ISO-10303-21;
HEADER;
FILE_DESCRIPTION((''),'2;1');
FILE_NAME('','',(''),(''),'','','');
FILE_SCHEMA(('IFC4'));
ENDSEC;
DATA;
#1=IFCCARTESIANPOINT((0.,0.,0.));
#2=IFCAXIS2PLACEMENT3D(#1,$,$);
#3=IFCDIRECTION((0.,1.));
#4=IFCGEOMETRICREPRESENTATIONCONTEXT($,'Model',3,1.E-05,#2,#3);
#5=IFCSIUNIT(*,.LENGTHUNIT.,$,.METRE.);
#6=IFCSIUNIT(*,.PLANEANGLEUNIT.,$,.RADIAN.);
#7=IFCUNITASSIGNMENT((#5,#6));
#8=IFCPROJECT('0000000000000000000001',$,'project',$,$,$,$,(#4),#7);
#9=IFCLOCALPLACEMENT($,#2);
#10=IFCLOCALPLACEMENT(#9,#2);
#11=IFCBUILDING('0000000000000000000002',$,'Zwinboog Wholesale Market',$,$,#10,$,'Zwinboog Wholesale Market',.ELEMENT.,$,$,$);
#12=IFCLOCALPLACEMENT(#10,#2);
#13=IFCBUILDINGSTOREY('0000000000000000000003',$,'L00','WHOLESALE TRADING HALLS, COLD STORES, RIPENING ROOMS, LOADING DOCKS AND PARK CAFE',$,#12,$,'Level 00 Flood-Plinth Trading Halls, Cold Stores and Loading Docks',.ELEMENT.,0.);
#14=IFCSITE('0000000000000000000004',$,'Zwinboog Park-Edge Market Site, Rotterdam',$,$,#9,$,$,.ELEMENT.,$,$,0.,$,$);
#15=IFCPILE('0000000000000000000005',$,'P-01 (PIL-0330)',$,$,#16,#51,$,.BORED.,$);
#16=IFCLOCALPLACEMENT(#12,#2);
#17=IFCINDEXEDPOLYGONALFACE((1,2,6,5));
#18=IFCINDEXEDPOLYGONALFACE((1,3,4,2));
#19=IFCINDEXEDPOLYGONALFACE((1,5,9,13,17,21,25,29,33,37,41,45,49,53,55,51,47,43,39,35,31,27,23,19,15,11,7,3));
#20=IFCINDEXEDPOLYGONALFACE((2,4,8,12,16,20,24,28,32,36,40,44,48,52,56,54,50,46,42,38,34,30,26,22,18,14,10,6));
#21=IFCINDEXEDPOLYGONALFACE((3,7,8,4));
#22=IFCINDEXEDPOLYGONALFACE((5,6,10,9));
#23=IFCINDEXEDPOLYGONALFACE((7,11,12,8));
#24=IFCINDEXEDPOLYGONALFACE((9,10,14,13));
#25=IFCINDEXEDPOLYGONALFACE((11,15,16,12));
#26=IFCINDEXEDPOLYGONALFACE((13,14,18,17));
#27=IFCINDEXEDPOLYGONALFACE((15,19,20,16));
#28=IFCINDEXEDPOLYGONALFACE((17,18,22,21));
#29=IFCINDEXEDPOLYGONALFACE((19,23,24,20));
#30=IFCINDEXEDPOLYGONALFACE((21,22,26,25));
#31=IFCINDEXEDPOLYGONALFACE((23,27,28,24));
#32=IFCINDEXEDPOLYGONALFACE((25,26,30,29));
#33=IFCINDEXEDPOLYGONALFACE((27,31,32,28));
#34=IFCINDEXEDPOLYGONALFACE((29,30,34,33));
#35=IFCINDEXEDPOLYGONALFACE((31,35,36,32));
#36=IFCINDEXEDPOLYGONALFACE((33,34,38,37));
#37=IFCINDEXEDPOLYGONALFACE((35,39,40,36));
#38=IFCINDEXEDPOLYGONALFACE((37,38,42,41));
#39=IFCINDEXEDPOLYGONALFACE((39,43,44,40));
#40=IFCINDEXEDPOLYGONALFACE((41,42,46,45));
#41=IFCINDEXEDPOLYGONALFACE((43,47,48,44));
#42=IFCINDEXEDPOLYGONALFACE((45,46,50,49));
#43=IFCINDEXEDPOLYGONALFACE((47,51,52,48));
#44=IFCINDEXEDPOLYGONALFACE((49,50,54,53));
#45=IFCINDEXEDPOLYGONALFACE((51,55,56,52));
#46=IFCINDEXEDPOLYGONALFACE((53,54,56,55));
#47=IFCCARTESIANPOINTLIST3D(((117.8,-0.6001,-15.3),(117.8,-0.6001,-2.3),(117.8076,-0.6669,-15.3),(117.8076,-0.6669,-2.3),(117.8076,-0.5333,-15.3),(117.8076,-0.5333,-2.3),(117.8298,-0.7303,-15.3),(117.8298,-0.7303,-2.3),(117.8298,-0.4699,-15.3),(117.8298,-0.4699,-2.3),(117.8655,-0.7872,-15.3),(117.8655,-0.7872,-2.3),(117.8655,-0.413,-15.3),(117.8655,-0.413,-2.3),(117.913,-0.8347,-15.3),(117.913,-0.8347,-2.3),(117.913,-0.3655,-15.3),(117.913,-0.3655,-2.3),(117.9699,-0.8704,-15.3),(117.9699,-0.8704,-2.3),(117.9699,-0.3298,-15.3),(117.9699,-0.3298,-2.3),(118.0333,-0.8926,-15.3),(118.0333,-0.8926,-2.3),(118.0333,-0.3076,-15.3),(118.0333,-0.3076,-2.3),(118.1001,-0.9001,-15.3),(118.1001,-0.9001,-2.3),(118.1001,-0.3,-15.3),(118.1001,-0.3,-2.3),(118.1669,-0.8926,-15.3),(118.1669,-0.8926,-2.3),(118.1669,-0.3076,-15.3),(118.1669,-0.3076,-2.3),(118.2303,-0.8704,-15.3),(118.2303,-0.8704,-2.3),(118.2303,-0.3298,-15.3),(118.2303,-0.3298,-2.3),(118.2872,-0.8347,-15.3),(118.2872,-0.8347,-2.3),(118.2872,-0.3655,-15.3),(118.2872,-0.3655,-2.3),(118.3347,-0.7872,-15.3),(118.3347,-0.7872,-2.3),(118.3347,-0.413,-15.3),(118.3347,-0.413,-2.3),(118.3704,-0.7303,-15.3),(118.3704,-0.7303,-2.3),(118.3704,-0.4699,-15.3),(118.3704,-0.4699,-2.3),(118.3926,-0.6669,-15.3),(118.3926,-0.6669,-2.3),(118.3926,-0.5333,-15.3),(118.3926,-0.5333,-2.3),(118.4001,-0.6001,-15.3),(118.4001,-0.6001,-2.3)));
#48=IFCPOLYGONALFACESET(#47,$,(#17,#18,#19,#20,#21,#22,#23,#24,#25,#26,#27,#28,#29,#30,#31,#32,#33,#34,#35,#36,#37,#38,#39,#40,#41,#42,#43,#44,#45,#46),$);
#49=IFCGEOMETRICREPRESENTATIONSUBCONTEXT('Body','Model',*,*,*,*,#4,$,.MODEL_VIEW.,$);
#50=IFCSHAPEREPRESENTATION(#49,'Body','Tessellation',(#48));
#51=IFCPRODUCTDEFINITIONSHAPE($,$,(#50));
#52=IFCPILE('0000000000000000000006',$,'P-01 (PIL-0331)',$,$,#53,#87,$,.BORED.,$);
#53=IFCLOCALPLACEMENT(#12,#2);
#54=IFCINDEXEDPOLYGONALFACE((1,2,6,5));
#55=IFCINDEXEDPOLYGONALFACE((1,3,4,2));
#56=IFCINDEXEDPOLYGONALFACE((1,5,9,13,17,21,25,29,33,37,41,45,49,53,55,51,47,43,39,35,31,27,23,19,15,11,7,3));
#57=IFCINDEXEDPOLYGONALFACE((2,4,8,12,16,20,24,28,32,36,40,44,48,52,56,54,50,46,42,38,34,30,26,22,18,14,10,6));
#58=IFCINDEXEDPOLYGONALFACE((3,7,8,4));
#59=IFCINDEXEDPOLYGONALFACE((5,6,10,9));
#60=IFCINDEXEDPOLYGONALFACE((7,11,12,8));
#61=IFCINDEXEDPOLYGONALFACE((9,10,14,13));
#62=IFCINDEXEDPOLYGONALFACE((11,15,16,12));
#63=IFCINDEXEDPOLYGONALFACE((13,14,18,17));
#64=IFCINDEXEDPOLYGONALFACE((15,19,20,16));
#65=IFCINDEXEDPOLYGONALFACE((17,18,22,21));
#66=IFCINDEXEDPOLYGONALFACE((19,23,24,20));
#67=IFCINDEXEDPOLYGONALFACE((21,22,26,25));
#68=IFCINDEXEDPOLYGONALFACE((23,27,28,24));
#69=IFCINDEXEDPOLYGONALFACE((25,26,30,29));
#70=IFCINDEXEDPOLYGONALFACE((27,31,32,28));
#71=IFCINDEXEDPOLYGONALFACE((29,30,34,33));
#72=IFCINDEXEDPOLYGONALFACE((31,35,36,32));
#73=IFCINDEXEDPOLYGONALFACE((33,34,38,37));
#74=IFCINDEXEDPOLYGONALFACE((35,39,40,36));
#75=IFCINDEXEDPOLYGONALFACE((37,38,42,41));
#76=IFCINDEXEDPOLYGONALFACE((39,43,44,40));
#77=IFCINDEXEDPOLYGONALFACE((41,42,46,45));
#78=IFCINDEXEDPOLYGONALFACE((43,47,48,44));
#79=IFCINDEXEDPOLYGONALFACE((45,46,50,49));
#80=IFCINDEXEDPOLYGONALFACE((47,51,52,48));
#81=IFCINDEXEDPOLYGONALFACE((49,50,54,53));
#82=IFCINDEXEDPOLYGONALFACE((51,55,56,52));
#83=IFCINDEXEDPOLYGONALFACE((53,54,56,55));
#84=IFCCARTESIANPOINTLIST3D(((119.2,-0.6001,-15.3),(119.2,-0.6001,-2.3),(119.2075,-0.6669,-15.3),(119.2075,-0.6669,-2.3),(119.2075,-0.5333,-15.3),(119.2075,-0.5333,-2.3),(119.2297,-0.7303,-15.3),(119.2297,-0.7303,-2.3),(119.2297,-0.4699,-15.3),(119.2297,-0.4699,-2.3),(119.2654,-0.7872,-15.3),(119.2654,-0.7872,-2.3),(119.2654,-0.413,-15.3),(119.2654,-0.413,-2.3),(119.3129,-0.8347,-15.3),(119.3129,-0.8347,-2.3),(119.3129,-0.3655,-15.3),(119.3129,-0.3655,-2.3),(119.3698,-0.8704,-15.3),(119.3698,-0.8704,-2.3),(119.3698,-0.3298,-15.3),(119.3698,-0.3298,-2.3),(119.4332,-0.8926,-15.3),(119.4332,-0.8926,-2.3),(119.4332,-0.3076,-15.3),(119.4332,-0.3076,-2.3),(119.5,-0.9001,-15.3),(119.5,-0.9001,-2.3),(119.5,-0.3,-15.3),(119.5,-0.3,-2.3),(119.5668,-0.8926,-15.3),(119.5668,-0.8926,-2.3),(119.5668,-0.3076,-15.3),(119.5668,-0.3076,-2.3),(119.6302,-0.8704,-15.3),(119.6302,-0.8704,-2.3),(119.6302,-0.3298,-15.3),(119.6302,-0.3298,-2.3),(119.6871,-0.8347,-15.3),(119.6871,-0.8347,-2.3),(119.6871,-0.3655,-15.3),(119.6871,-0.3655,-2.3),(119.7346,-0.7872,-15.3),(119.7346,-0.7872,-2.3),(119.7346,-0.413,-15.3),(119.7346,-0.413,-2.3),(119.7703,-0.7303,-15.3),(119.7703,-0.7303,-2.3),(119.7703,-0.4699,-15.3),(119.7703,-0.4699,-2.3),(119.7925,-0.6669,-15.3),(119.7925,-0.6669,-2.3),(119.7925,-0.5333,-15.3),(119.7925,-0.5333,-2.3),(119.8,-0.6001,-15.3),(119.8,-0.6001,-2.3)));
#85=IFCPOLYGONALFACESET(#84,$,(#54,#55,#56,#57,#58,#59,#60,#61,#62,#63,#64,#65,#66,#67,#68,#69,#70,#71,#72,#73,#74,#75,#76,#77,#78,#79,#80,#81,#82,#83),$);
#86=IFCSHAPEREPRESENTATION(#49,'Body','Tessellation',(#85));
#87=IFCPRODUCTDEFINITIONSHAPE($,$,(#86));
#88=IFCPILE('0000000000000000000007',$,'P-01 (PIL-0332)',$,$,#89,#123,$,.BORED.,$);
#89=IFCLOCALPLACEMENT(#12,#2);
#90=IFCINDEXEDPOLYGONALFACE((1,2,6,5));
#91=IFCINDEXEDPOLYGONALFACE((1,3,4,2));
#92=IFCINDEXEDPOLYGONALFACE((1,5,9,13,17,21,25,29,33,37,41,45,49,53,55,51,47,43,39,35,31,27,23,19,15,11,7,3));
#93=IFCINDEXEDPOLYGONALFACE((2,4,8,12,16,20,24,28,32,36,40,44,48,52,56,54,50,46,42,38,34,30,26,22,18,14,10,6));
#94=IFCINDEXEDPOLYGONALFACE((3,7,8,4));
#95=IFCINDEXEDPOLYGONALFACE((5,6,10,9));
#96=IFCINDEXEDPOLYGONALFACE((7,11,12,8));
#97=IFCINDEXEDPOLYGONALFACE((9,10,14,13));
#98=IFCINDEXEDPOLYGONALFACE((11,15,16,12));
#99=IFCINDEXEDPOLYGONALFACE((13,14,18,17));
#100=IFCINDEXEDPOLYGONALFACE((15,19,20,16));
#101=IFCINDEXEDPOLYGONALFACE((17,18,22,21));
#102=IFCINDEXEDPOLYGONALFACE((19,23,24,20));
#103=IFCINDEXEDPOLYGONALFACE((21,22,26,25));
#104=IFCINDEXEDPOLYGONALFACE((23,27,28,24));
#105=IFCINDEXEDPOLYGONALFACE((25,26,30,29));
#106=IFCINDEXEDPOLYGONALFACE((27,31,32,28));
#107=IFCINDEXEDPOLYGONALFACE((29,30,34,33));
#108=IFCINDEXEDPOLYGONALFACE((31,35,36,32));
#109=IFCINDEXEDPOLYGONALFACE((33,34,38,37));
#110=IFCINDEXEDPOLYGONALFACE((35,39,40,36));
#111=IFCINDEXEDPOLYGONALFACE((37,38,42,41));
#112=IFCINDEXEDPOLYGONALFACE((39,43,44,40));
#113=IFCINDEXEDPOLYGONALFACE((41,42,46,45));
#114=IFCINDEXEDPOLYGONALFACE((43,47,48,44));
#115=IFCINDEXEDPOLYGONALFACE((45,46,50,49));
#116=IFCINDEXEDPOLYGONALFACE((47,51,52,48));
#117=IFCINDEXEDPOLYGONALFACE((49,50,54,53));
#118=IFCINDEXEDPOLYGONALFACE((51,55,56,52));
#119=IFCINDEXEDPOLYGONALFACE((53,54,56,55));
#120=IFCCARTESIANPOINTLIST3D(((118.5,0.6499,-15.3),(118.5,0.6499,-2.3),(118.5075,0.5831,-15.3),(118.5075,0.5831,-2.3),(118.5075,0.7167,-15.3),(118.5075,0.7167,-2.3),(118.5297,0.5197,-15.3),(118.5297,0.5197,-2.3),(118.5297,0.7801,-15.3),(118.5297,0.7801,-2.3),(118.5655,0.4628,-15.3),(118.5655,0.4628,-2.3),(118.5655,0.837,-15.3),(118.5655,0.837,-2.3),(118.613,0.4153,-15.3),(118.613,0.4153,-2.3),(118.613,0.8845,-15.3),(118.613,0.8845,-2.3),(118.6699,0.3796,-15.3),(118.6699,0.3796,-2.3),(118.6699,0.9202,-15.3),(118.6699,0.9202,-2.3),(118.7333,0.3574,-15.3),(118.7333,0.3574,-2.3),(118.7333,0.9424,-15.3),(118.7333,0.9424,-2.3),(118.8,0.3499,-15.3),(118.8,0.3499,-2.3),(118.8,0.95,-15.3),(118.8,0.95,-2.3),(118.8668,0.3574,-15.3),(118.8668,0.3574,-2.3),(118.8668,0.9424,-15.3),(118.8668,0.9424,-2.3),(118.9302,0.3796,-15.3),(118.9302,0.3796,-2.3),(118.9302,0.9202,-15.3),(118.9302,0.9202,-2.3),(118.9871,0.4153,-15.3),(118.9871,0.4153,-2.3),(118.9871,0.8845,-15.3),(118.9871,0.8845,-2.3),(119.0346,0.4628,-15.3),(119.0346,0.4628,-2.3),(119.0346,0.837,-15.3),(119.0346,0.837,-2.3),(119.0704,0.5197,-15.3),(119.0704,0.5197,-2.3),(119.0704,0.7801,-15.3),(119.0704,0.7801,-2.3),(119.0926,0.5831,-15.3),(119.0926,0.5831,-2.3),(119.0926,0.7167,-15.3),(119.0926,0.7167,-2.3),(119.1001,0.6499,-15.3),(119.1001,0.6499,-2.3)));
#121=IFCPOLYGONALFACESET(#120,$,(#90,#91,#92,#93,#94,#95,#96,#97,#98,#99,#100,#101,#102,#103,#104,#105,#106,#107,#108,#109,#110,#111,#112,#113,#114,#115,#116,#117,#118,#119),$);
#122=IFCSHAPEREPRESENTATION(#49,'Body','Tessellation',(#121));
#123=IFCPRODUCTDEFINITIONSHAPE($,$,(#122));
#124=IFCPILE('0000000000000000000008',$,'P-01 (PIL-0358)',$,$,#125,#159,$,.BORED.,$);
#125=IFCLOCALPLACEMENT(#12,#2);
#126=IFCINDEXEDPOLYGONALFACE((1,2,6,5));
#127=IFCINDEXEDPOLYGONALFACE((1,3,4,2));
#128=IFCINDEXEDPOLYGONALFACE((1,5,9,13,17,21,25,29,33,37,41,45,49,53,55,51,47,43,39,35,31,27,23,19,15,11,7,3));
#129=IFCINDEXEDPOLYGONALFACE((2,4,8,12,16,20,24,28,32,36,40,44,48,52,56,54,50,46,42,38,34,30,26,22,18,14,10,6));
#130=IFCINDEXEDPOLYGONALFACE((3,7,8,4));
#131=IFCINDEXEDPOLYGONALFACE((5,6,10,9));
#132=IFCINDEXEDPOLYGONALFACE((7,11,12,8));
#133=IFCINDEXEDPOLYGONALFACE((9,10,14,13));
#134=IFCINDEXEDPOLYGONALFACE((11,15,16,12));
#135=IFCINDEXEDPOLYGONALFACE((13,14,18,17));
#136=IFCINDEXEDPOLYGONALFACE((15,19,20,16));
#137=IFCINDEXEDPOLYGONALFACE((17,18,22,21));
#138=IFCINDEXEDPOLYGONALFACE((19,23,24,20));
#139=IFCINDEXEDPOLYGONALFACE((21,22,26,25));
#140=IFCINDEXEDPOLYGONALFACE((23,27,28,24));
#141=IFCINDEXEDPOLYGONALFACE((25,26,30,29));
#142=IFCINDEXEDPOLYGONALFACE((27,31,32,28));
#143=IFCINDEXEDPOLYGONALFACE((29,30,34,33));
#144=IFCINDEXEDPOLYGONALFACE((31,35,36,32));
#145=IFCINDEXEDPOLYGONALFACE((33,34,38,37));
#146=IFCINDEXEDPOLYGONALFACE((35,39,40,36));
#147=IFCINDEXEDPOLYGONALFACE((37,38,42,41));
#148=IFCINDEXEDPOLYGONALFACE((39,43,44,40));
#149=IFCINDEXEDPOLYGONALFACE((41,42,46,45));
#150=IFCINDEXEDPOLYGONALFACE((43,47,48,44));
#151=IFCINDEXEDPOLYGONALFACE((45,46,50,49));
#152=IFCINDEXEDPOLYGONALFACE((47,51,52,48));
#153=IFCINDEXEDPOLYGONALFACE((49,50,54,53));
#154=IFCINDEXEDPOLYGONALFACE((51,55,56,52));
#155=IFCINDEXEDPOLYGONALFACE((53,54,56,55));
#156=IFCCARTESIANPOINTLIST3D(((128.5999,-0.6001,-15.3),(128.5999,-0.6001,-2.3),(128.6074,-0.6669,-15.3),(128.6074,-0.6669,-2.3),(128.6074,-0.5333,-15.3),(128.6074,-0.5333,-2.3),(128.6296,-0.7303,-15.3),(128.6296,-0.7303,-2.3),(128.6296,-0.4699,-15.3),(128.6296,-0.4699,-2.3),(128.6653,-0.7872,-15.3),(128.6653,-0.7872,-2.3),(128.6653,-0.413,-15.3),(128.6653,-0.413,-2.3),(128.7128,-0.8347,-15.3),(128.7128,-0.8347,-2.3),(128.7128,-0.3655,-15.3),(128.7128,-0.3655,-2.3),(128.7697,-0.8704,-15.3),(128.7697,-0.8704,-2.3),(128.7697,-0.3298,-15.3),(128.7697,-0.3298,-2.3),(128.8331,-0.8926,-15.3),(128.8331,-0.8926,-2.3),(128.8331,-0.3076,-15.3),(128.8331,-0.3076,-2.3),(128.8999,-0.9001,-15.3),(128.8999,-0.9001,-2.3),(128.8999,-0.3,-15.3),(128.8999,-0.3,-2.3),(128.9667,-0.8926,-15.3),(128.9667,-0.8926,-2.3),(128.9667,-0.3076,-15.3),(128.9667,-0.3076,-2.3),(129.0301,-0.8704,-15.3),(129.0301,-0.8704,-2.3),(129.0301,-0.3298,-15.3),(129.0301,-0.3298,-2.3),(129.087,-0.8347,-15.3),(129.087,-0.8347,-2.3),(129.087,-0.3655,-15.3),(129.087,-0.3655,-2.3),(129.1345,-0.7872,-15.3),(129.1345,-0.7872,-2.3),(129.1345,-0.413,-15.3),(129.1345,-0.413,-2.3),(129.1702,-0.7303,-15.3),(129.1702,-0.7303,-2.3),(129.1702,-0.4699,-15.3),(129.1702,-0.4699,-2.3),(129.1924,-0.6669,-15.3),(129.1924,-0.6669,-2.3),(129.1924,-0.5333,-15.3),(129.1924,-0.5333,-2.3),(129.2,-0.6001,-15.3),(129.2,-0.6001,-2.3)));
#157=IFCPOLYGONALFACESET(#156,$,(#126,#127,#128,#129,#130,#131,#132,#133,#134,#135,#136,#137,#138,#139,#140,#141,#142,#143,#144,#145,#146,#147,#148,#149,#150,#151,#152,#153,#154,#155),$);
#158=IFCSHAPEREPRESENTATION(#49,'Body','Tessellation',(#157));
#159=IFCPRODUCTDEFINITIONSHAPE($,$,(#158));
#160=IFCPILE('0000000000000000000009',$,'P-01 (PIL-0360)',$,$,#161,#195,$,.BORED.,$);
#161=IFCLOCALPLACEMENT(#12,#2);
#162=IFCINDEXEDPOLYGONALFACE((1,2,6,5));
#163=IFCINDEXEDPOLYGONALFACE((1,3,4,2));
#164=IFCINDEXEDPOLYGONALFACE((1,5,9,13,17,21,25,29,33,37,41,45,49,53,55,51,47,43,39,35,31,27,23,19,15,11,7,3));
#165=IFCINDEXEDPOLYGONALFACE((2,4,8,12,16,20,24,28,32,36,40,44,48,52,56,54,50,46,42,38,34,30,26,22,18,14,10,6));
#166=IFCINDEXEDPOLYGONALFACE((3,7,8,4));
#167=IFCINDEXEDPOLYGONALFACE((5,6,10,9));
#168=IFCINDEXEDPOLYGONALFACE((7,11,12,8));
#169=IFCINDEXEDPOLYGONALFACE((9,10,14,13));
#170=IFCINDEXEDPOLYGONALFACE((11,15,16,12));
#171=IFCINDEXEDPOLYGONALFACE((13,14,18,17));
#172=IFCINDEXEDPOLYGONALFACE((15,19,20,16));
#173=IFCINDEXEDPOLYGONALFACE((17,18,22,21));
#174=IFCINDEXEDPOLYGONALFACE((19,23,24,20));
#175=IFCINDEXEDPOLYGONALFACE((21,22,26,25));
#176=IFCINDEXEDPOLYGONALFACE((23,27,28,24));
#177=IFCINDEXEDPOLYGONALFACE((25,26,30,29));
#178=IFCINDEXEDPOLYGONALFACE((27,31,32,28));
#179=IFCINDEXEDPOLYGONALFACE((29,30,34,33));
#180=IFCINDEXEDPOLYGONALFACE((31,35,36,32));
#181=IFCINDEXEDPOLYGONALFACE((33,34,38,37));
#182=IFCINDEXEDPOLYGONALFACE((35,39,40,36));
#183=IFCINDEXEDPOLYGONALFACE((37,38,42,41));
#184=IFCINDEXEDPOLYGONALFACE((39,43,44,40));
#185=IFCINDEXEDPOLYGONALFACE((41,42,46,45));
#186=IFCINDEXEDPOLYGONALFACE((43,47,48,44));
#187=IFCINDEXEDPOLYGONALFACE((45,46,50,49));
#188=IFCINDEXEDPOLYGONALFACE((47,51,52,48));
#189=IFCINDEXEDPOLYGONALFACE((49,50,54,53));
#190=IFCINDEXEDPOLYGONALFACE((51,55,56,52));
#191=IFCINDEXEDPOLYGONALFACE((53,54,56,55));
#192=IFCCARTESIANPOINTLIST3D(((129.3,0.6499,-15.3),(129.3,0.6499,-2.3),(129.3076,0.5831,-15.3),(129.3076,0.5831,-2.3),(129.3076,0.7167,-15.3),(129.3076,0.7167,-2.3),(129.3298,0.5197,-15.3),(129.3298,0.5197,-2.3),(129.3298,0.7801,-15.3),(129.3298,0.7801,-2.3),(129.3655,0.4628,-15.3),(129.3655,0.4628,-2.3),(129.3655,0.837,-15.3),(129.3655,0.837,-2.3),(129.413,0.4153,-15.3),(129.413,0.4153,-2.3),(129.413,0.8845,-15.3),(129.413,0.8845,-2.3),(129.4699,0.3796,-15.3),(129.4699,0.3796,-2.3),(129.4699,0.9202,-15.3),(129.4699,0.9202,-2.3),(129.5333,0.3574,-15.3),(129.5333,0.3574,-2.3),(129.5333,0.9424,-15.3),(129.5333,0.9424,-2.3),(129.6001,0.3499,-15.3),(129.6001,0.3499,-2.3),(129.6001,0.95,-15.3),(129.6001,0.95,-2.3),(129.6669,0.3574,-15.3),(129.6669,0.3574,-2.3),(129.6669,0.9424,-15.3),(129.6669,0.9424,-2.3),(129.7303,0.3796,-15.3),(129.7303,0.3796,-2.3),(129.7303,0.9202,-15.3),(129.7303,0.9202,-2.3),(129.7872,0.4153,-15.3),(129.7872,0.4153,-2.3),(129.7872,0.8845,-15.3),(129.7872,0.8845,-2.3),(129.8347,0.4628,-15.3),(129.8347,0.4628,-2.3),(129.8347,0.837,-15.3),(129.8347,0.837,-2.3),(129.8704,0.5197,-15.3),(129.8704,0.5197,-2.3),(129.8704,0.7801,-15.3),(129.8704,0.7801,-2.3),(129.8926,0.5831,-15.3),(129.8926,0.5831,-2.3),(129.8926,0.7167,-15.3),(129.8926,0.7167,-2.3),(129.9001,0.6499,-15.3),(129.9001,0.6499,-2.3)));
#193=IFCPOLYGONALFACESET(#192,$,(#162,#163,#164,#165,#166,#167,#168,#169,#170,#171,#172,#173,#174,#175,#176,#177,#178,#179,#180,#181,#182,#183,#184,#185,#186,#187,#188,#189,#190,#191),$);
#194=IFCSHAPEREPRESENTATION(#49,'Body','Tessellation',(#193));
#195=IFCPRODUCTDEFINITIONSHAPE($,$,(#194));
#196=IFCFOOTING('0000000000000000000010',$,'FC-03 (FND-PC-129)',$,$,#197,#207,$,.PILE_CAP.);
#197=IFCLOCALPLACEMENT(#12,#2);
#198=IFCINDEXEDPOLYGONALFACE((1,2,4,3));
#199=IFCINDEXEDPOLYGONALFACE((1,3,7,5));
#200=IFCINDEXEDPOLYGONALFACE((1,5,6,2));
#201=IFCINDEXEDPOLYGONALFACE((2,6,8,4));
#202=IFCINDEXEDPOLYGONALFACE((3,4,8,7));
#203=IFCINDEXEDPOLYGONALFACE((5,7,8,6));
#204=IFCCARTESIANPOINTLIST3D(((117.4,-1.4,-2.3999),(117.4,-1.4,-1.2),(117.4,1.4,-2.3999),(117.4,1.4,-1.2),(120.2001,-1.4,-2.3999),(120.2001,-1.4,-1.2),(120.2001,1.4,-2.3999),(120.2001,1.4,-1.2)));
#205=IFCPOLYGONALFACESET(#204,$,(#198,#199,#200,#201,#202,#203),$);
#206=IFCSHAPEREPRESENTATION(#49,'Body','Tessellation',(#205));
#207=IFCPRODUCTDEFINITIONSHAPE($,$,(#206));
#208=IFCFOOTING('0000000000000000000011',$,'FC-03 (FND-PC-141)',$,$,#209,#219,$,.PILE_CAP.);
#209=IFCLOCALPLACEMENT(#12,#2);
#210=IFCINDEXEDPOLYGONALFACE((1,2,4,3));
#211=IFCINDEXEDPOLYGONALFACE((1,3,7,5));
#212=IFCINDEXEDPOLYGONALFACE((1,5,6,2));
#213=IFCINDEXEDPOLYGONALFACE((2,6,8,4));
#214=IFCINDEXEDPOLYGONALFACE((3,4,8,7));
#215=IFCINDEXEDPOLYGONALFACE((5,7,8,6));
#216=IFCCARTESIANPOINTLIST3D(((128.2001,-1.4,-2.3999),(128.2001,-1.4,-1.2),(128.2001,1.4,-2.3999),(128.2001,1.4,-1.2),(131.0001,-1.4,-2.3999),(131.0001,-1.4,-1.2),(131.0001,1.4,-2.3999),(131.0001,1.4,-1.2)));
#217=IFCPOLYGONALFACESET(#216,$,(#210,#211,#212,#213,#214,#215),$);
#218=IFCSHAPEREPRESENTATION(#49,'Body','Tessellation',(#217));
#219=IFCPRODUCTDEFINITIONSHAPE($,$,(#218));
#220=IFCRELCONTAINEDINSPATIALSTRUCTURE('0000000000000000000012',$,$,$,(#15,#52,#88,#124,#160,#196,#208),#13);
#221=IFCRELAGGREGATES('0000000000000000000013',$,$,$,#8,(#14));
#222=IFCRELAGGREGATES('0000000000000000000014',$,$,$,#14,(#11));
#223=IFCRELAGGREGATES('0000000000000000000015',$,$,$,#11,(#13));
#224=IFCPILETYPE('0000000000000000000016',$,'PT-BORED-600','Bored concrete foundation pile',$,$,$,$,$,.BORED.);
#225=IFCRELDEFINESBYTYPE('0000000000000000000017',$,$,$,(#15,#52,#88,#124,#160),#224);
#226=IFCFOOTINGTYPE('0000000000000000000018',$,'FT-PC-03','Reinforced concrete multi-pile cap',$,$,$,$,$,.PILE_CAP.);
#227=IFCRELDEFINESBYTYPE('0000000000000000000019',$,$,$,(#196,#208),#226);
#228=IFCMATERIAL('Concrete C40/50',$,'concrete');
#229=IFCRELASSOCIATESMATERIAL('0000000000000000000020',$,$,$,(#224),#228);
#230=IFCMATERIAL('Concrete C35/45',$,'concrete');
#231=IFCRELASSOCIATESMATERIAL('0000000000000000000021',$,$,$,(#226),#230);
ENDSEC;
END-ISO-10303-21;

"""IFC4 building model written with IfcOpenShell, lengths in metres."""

from ifc_helpers import new_model, si_unit, direction, frame, origin, origin_2d, place, context, subcontext, project, spatial, rectangle, circle, extrude, material, material_profile, profile_set, type_object, element, save


model = new_model("IFC4")

# Units and contexts
model_context = context("Model", 3, precision=1e-05, world=origin(), true_north=direction((0.0, 1.0)))
body_context = subcontext(model_context, "Body", "Model", "MODEL_VIEW")
ifc_project = project(units=[si_unit("LENGTHUNIT", "METRE"), si_unit("PLANEANGLEUNIT", "RADIAN")], contexts=[model_context])

# Site, building, storey
site_placement = place(None, origin())
site = spatial("IfcSite", under=ifc_project, at=site_placement, Name="Zwinboog Park-Edge Market Site, Rotterdam", CompositionType="ELEMENT", RefElevation=0.0)
building_placement = place(site_placement, origin())
building = spatial("IfcBuilding", under=site, at=building_placement, Name="Zwinboog Wholesale Market", LongName="Zwinboog Wholesale Market", CompositionType="ELEMENT")
storey_placement = place(building_placement, origin())
storey = spatial("IfcBuildingStorey", under=building, at=storey_placement, Name="L00", Description="WHOLESALE TRADING HALLS, COLD STORES, RIPENING ROOMS, LOADING DOCKS AND PARK CAFE", LongName="Level 00 Flood-Plinth Trading Halls, Cold Stores and Loading Docks", CompositionType="ELEMENT", Elevation=0.0)

# Piles
ifc_material_1 = material(Name="Concrete C40/50", Category="concrete")
ifc_material_profile_1 = material_profile(ifc_material_1, circle(Radius=0.3, at=origin_2d()), Name="PILE D600")
ifc_profile_set_1 = profile_set([ifc_material_profile_1], Name="Concrete C40/50")
pile_type = type_object("IfcPileType", Name="PT-BORED-600", Description="Bored concrete foundation pile", PredefinedType="BORED", material=ifc_profile_set_1)
for number, where, z_axis, x_axis, name in (
    (1, (118.1001, -0.6001, -2.3), (0.0, 0.0, -1.0), (1.0, 0.0, 0.0), "P-01 (PIL-0330)"),
    (2, (119.5, -0.6001, -2.3), (0.0, 0.0, -1.0), (1.0, 0.0, 0.0), "P-01 (PIL-0331)"),
    (3, (118.8, 0.6499, -2.3), (0.0, 0.0, -1.0), (1.0, 0.0, 0.0), "P-01 (PIL-0332)"),
    (4, (128.8999, -0.6001, -2.3), (0.0, 0.0, -1.0), (1.0, 0.0, 0.0), "P-01 (PIL-0358)"),
    (5, (129.6001, 0.6499, -2.3), (0.0, 0.0, -1.0), (1.0, 0.0, 0.0), "P-01 (PIL-0360)"),
):
    element("IfcPile", number, at=place(storey_placement, frame(where, z_axis=z_axis, x_axis=x_axis)), inside=storey, type_object=pile_type, Name=name, PredefinedType="BORED", context=body_context, shape_type="SweptSolid", body=[
        extrude(circle(Radius=0.3, at=origin_2d()), origin(), (0.0, 0.0, 1.0), 13.0),
    ])

# Footings
ifc_material_2 = material(Name="Concrete C35/45", Category="concrete")
footing_type = type_object("IfcFootingType", Name="FT-PC-03", Description="Reinforced concrete multi-pile cap", PredefinedType="PILE_CAP", material=ifc_material_2)
for number, where, z_axis, x_axis, name in (
    (6, (118.8, 0.0, -2.3999), (0.0, 0.0, 1.0), (1.0, 0.0, 0.0), "FC-03 (FND-PC-129)"),
    (7, (129.6001, 0.0, -2.3999), (0.0, 0.0, 1.0), (1.0, 0.0, 0.0), "FC-03 (FND-PC-141)"),
):
    element("IfcFooting", number, at=place(storey_placement, frame(where, z_axis=z_axis, x_axis=x_axis)), inside=storey, type_object=footing_type, Name=name, PredefinedType="PILE_CAP", context=body_context, shape_type="SweptSolid", body=[
        extrude(rectangle(XDim=2.8, YDim=2.8, at=origin_2d()), origin(), (0.0, 0.0, 1.0), 1.2),
    ])

save(model, "model.ifc")
